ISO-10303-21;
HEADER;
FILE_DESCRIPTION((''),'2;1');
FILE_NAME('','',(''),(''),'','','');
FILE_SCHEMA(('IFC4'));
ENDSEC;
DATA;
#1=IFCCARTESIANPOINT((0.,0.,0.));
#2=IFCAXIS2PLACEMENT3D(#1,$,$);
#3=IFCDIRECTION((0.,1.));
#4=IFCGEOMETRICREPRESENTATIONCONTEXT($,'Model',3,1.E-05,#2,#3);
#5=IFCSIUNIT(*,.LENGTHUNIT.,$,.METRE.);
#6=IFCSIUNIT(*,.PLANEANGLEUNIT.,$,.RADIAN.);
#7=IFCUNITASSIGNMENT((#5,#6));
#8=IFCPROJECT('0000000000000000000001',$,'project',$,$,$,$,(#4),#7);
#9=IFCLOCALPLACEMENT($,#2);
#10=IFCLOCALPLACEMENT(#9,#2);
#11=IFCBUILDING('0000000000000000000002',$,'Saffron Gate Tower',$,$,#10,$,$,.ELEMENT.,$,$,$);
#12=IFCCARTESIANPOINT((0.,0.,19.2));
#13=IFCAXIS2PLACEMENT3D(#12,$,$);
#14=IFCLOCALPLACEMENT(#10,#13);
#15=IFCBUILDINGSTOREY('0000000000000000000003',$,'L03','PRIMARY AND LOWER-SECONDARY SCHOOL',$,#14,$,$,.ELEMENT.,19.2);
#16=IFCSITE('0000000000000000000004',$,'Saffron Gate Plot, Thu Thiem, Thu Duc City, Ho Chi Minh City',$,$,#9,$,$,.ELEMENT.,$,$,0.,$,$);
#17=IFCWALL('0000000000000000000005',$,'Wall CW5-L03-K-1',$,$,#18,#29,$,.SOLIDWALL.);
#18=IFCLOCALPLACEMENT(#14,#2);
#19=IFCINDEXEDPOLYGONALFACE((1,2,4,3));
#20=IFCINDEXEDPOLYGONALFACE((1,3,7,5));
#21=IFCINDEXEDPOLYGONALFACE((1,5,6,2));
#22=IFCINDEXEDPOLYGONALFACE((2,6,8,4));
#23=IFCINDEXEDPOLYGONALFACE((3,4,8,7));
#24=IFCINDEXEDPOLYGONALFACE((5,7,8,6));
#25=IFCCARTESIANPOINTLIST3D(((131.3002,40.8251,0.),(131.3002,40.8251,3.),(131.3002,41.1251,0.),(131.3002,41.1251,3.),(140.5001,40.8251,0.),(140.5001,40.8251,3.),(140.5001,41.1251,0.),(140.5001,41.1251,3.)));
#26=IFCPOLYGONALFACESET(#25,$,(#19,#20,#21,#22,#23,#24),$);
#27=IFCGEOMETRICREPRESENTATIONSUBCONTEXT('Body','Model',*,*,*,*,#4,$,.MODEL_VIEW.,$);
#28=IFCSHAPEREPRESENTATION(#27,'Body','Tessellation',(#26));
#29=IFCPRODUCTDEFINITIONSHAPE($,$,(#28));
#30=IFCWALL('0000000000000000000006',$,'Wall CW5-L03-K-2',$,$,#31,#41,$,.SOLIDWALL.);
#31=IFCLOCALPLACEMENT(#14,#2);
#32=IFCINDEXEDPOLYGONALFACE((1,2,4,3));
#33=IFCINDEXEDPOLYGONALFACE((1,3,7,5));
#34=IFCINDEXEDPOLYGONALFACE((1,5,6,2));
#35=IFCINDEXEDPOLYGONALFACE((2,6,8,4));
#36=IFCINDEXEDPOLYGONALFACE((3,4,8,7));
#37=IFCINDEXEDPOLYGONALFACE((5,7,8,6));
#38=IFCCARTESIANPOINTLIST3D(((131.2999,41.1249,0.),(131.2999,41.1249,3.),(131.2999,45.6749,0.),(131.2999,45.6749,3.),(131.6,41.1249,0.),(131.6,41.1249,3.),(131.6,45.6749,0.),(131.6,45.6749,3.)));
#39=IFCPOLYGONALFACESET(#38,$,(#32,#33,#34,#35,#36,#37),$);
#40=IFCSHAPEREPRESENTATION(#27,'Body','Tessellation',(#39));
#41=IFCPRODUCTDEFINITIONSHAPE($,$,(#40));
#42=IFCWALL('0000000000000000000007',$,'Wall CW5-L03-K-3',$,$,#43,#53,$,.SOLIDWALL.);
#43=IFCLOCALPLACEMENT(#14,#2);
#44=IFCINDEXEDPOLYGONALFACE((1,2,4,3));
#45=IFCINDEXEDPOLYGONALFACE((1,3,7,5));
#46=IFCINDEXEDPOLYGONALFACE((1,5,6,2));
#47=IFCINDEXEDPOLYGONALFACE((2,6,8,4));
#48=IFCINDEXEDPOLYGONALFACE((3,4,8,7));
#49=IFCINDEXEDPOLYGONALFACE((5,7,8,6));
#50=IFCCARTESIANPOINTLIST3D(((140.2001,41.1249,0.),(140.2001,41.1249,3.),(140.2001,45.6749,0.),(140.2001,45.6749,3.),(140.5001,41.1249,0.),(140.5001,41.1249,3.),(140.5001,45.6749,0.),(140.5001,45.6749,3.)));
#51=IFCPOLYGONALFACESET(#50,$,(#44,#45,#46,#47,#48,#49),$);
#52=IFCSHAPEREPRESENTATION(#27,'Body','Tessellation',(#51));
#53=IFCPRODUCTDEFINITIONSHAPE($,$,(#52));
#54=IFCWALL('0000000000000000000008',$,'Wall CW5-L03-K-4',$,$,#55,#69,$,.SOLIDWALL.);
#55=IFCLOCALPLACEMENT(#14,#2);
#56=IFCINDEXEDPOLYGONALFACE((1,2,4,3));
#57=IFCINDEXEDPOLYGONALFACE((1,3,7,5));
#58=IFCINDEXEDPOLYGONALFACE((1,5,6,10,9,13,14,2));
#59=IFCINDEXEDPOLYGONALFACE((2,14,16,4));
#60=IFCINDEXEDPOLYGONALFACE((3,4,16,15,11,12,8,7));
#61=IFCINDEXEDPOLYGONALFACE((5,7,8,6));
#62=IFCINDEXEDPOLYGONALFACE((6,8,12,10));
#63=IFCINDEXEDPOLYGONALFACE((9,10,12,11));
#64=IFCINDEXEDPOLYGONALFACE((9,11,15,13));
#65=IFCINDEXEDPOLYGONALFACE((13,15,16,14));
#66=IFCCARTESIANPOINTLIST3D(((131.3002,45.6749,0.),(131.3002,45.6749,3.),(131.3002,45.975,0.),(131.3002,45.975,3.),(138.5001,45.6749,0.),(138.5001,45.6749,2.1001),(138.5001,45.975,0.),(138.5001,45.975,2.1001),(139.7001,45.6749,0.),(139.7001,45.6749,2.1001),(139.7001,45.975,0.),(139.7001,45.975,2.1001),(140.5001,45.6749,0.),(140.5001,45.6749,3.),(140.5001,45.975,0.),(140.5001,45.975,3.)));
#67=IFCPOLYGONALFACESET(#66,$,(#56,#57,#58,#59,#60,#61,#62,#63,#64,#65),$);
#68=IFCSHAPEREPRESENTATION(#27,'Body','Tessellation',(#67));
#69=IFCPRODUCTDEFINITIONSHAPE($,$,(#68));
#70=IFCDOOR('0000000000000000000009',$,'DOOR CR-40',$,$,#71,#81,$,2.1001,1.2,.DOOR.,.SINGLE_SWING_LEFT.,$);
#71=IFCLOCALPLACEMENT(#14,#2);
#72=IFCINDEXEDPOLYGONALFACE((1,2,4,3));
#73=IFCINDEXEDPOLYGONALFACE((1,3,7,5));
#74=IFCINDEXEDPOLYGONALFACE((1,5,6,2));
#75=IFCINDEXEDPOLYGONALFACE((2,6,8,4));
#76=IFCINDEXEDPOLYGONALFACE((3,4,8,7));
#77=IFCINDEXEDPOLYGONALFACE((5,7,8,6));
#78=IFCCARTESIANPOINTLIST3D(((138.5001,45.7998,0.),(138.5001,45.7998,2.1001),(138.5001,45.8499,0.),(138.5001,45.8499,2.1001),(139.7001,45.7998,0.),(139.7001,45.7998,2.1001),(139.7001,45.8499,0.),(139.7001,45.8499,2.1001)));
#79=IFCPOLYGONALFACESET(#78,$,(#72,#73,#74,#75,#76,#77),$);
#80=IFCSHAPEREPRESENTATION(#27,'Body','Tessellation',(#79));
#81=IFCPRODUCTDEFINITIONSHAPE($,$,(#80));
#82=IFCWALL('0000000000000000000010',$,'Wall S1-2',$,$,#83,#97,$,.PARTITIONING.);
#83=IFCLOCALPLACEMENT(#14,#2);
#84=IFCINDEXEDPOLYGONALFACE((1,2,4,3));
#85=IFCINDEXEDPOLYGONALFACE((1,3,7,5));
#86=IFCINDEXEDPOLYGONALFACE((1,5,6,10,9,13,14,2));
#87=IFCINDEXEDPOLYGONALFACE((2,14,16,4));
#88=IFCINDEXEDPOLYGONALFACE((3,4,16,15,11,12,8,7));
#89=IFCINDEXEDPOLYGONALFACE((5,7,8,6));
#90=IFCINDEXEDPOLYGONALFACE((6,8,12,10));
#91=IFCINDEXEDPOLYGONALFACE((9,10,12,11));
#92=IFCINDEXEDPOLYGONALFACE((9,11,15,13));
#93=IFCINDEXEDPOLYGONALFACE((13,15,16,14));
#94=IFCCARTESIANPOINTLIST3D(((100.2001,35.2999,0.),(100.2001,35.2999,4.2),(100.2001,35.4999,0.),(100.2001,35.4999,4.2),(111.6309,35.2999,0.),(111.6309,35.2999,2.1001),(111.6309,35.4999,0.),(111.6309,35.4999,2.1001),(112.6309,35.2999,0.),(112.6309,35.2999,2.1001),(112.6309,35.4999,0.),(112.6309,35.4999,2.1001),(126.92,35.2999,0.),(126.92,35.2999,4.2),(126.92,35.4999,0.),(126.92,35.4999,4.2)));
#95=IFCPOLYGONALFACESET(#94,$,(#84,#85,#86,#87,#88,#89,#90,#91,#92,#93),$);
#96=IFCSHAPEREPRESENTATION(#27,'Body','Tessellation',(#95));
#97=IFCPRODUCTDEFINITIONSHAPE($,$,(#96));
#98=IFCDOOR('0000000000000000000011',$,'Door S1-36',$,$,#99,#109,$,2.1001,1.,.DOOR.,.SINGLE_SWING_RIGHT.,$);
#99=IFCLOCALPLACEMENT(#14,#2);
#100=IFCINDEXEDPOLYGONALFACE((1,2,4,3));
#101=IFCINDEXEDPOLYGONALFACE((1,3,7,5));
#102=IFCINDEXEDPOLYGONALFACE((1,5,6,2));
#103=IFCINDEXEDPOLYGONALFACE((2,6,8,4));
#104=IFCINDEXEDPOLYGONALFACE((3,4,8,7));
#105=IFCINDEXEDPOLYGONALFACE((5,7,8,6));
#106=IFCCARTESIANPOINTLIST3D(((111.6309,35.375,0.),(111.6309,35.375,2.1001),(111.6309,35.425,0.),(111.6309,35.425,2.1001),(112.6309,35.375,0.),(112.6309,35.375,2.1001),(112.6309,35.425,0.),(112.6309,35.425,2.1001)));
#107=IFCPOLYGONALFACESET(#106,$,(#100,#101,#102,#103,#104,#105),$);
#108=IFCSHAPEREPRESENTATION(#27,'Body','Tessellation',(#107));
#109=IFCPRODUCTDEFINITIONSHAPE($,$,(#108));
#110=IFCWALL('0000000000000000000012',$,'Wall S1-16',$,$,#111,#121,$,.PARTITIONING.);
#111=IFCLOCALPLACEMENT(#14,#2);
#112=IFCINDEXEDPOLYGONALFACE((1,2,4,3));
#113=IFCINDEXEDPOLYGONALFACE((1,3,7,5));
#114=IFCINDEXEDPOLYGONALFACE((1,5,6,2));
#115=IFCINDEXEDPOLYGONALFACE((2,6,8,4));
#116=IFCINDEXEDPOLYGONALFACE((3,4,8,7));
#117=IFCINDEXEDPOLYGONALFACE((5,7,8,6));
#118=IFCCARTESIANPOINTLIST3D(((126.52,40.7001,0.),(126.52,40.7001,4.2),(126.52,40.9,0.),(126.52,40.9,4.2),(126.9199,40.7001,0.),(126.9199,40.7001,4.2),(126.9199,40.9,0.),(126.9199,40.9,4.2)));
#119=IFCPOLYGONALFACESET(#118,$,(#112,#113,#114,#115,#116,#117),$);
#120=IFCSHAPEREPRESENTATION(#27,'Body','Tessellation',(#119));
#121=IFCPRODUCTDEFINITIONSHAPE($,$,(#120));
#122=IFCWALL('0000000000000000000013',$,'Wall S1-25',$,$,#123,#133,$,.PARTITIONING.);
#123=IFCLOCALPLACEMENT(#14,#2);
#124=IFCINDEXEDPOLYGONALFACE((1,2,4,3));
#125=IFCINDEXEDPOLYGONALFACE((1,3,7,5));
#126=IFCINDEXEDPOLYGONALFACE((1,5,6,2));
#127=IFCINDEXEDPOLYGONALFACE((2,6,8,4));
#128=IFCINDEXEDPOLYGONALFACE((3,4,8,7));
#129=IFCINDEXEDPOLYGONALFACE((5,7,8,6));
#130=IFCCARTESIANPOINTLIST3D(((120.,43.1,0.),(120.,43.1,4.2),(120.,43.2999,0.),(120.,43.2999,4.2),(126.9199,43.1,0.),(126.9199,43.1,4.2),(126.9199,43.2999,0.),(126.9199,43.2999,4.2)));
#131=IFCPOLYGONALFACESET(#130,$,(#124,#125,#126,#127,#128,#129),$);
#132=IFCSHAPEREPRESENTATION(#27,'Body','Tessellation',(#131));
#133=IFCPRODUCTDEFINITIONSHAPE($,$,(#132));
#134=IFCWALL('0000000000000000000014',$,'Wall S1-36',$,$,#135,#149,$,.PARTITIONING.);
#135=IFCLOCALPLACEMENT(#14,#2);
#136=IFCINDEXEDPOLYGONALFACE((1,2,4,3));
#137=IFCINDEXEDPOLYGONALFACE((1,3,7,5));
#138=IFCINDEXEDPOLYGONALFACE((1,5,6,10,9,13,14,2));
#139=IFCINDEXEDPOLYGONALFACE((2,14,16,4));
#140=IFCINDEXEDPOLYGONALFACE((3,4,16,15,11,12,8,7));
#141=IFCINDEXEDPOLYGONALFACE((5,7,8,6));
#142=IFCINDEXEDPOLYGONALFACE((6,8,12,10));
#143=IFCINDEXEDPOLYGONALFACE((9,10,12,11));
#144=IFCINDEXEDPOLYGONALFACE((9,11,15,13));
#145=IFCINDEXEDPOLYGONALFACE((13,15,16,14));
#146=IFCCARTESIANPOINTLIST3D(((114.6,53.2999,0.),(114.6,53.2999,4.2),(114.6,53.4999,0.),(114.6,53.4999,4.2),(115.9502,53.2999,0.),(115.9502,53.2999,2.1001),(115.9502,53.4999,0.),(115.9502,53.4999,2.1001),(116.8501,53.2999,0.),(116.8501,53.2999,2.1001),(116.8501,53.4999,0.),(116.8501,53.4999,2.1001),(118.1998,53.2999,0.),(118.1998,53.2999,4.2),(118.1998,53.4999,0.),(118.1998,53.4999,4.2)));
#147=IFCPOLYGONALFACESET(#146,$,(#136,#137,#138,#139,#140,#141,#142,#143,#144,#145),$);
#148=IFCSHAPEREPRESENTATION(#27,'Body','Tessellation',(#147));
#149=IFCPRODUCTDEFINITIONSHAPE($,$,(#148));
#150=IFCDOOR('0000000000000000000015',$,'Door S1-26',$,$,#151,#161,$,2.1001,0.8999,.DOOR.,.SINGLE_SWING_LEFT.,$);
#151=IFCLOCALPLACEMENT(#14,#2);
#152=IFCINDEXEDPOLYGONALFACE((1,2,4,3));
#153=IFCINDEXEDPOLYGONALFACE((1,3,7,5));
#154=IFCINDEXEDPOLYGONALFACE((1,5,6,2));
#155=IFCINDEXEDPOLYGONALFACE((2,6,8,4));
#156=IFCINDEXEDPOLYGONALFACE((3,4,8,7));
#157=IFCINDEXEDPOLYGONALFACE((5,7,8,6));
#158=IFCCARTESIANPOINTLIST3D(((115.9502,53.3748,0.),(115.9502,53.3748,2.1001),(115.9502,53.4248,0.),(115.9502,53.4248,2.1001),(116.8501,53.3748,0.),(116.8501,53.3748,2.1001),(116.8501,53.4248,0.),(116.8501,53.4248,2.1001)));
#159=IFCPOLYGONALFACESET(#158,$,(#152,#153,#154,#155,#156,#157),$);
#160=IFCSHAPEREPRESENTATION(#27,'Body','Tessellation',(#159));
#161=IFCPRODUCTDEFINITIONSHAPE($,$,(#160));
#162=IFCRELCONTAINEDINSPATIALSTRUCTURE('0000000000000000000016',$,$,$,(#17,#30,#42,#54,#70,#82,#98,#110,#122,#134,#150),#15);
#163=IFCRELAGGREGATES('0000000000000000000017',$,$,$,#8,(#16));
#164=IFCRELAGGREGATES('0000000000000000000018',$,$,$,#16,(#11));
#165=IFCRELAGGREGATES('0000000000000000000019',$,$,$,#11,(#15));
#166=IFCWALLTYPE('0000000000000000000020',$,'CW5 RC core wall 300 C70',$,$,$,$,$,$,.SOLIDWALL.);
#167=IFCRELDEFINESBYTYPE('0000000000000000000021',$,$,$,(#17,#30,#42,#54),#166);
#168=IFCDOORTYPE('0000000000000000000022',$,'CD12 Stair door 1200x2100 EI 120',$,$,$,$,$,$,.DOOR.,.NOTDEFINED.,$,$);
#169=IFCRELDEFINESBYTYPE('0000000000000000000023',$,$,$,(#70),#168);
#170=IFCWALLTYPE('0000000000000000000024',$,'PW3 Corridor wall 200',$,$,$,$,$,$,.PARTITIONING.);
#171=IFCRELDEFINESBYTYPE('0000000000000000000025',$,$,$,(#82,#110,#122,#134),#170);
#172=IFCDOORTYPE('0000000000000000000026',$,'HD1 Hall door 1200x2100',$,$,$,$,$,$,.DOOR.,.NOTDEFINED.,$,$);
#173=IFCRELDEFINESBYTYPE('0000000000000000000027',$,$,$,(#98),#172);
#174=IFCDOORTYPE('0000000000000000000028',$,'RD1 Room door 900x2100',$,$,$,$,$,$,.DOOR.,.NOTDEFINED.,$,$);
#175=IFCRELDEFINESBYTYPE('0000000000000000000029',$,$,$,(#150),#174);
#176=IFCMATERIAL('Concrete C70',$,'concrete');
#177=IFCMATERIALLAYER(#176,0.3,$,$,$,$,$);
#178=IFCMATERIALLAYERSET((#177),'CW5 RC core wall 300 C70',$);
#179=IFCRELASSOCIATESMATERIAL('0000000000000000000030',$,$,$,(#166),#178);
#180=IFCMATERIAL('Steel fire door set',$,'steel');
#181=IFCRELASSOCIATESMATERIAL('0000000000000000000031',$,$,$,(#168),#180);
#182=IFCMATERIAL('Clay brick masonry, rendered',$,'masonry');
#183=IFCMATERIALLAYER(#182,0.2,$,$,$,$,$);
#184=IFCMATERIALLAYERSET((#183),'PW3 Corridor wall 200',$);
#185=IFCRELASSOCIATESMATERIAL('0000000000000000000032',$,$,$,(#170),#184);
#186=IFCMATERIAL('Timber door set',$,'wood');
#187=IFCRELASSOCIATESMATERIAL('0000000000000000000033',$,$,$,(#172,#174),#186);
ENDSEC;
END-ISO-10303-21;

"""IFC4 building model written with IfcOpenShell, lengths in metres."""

from ifc_helpers import new_model, si_unit, direction, frame, frame_2d, origin, place, context, subcontext, project, spatial, rectangle, extrude, material, layer, layer_set, type_object, element, fill, save


model = new_model("IFC4")

# Units and contexts
model_context = context("Model", 3, precision=1e-05, world=origin(), true_north=direction((0.0, 1.0)))
body_context = subcontext(model_context, "Body", "Model", "MODEL_VIEW")
ifc_project = project(units=[si_unit("LENGTHUNIT", "METRE"), si_unit("PLANEANGLEUNIT", "RADIAN")], contexts=[model_context])

# Site, building, storey
site_placement = place(None, origin())
site = spatial("IfcSite", under=ifc_project, at=site_placement, Name="Saffron Gate Plot, Thu Thiem, Thu Duc City, Ho Chi Minh City", CompositionType="ELEMENT", RefElevation=0.0)
building_placement = place(site_placement, origin())
building = spatial("IfcBuilding", under=site, at=building_placement, Name="Saffron Gate Tower", CompositionType="ELEMENT")
storey_placement = place(building_placement, frame((0.0, 0.0, 19.2)))
storey = spatial("IfcBuildingStorey", under=building, at=storey_placement, Name="L03", Description="PRIMARY AND LOWER-SECONDARY SCHOOL", CompositionType="ELEMENT", Elevation=19.2)

# Walls
ifc_material_1 = material(Name="Concrete C70", Category="concrete")
ifc_layer_1 = layer(ifc_material_1, 0.3)
ifc_layer_set_1 = layer_set([ifc_layer_1], Name="CW5 RC core wall 300 C70")
wall_type_1 = type_object("IfcWallType", Name="CW5 RC core wall 300 C70", PredefinedType="SOLIDWALL", material=ifc_layer_set_1)
wall_1_placement = place(storey_placement, frame((131.3, 40.9751, 0.0), z_axis=(0.0, 0.0, 1.0), x_axis=(1.0, 0.0, 0.0)))
element("IfcWall", 1, at=wall_1_placement, inside=storey, type_object=wall_type_1, Name="Wall CW5-L03-K-1", PredefinedType="SOLIDWALL", context=body_context, shape_type="SweptSolid", body=[
    extrude(rectangle(XDim=9.2, YDim=0.3, at=frame_2d((4.6001, 0.0))), origin(), (0.0, 0.0, 1.0), 3.0),
])
for number, where, z_axis, x_axis, name in (
    (2, (131.45, 41.125, 0.0), (0.0, 0.0, 1.0), (0.0, 1.0, 0.0), "Wall CW5-L03-K-2"),
    (3, (140.3501, 41.125, 0.0), (0.0, 0.0, 1.0), (0.0, 1.0, 0.0), "Wall CW5-L03-K-3"),
):
    element("IfcWall", number, at=place(storey_placement, frame(where, z_axis=z_axis, x_axis=x_axis)), inside=storey, type_object=wall_type_1, Name=name, PredefinedType="SOLIDWALL", context=body_context, shape_type="SweptSolid", body=[
        extrude(rectangle(XDim=4.55, YDim=0.3, at=frame_2d((2.2749, 0.0))), origin(), (0.0, 0.0, 1.0), 3.0),
    ])

# Walls, openings, doors
wall_2_placement = place(storey_placement, frame((131.3, 45.825, 0.0), z_axis=(0.0, 0.0, 1.0), x_axis=(1.0, 0.0, 0.0)))
wall_2 = element("IfcWall", 4, at=wall_2_placement, inside=storey, type_object=wall_type_1, Name="Wall CW5-L03-K-4", PredefinedType="SOLIDWALL", context=body_context, shape_type="SweptSolid", body=[
    extrude(rectangle(XDim=9.2, YDim=0.3, at=frame_2d((4.6001, 0.0))), origin(), (0.0, 0.0, 1.0), 3.0),
])
opening_1_placement = place(wall_2_placement, frame((7.2, 0.0, 0.0)))
opening_1 = element("IfcOpeningElement", 5, at=opening_1_placement, cuts=wall_2, PredefinedType="OPENING", context=body_context, shape_type="SweptSolid", body=[
    extrude(rectangle(XDim=1.2, YDim=2.1001, at=frame_2d((0.6001, 1.05))), frame((0.0, 0.1602, 0.0), z_axis=(0.0, -1.0, 0.0), x_axis=(1.0, 0.0, 0.0)), (0.0, 0.0, 1.0), 0.3201),
])
ifc_material_2 = material(Name="Steel fire door set", Category="steel")
door_type_1 = type_object("IfcDoorType", Name="CD12 Stair door 1200x2100 EI 120", OperationType="NOTDEFINED", PredefinedType="DOOR", material=ifc_material_2)
door_1_placement = place(opening_1_placement, origin())
door_1 = element("IfcDoor", 6, at=door_1_placement, inside=storey, type_object=door_type_1, Name="DOOR CR-40", OperationType="SINGLE_SWING_LEFT", OverallHeight=2.1001, OverallWidth=1.2, PredefinedType="DOOR", context=body_context, shape_type="SweptSolid", body=[
    extrude(rectangle(XDim=1.2, YDim=2.1001, at=frame_2d((0.6001, 1.05))), frame((0.0, 0.0249, 0.0), z_axis=(0.0, -1.0, 0.0), x_axis=(1.0, 0.0, 0.0)), (0.0, 0.0, 1.0), 0.05),
])
fill(opening_1, door_1)
ifc_material_3 = material(Name="Clay brick masonry, rendered", Category="masonry")
ifc_layer_2 = layer(ifc_material_3, 0.2)
ifc_layer_set_2 = layer_set([ifc_layer_2], Name="PW3 Corridor wall 200")
wall_type_2 = type_object("IfcWallType", Name="PW3 Corridor wall 200", PredefinedType="PARTITIONING", material=ifc_layer_set_2)
wall_3_placement = place(storey_placement, frame((126.9199, 35.3999, 0.0), z_axis=(0.0, 0.0, 1.0), x_axis=(-1.0, 0.0, 0.0)))
wall_3 = element("IfcWall", 7, at=wall_3_placement, inside=storey, type_object=wall_type_2, Name="Wall S1-2", PredefinedType="PARTITIONING", context=body_context, shape_type="SweptSolid", body=[
    extrude(rectangle(XDim=26.72, YDim=0.2, at=frame_2d((13.3599, 0.0))), origin(), (0.0, 0.0, 1.0), 4.2),
])
opening_2_placement = place(wall_3_placement, frame((14.2891, 0.0, 0.0)))
opening_2 = element("IfcOpeningElement", 8, at=opening_2_placement, cuts=wall_3, PredefinedType="OPENING", context=body_context, shape_type="SweptSolid", body=[
    extrude(rectangle(XDim=1.0, YDim=2.1001, at=frame_2d((0.5, 1.05))), frame((0.0, 0.1099, 0.0), z_axis=(0.0, -1.0, 0.0), x_axis=(1.0, 0.0, 0.0)), (0.0, 0.0, 1.0), 0.22),
])
ifc_material_4 = material(Name="Timber door set", Category="wood")
door_type_2 = type_object("IfcDoorType", Name="HD1 Hall door 1200x2100", OperationType="NOTDEFINED", PredefinedType="DOOR", material=ifc_material_4)
door_2_placement = place(opening_2_placement, origin())
door_2 = element("IfcDoor", 9, at=door_2_placement, inside=storey, type_object=door_type_2, Name="Door S1-36", OperationType="SINGLE_SWING_RIGHT", OverallHeight=2.1001, OverallWidth=1.0, PredefinedType="DOOR", context=body_context, shape_type="SweptSolid", body=[
    extrude(rectangle(XDim=1.0, YDim=2.1001, at=frame_2d((0.5, 1.05))), frame((0.0, 0.0249, 0.0), z_axis=(0.0, -1.0, 0.0), x_axis=(1.0, 0.0, 0.0)), (0.0, 0.0, 1.0), 0.05),
])
fill(opening_2, door_2)

# Walls
wall_4_placement = place(storey_placement, frame((126.52, 40.8, 0.0), z_axis=(0.0, 0.0, 1.0), x_axis=(1.0, 0.0, 0.0)))
element("IfcWall", 10, at=wall_4_placement, inside=storey, type_object=wall_type_2, Name="Wall S1-16", PredefinedType="PARTITIONING", context=body_context, shape_type="SweptSolid", body=[
    extrude(rectangle(XDim=0.3999, YDim=0.2, at=frame_2d((0.2, 0.0))), origin(), (0.0, 0.0, 1.0), 4.2),
])
wall_5_placement = place(storey_placement, frame((120.0, 43.2, 0.0), z_axis=(0.0, 0.0, 1.0), x_axis=(1.0, 0.0, 0.0)))
element("IfcWall", 11, at=wall_5_placement, inside=storey, type_object=wall_type_2, Name="Wall S1-25", PredefinedType="PARTITIONING", context=body_context, shape_type="SweptSolid", body=[
    extrude(rectangle(XDim=6.9199, YDim=0.2, at=frame_2d((3.46, 0.0))), origin(), (0.0, 0.0, 1.0), 4.2),
])

# Wall, opening, door
wall_6_placement = place(storey_placement, frame((114.6001, 53.3999, 0.0), z_axis=(0.0, 0.0, 1.0), x_axis=(1.0, 0.0, 0.0)))
wall_6 = element("IfcWall", 12, at=wall_6_placement, inside=storey, type_object=wall_type_2, Name="Wall S1-36", PredefinedType="PARTITIONING", context=body_context, shape_type="SweptSolid", body=[
    extrude(rectangle(XDim=3.5999, YDim=0.2, at=frame_2d((1.7998, 0.0))), origin(), (0.0, 0.0, 1.0), 4.2),
])
opening_3_placement = place(wall_6_placement, frame((1.3501, 0.0, 0.0)))
opening_3 = element("IfcOpeningElement", 13, at=opening_3_placement, cuts=wall_6, PredefinedType="OPENING", context=body_context, shape_type="SweptSolid", body=[
    extrude(rectangle(XDim=0.8999, YDim=2.1001, at=frame_2d((0.45, 1.05))), frame((0.0, 0.1099, 0.0), z_axis=(0.0, -1.0, 0.0), x_axis=(1.0, 0.0, 0.0)), (0.0, 0.0, 1.0), 0.22),
])
door_type_3 = type_object("IfcDoorType", Name="RD1 Room door 900x2100", OperationType="NOTDEFINED", PredefinedType="DOOR", material=ifc_material_4)
door_3_placement = place(opening_3_placement, origin())
door_3 = element("IfcDoor", 14, at=door_3_placement, inside=storey, type_object=door_type_3, Name="Door S1-26", OperationType="SINGLE_SWING_LEFT", OverallHeight=2.1001, OverallWidth=0.8999, PredefinedType="DOOR", context=body_context, shape_type="SweptSolid", body=[
    extrude(rectangle(XDim=0.8999, YDim=2.1001, at=frame_2d((0.45, 1.05))), frame((0.0, 0.0249, 0.0), z_axis=(0.0, -1.0, 0.0), x_axis=(1.0, 0.0, 0.0)), (0.0, 0.0, 1.0), 0.05),
])
fill(opening_3, door_3)

save(model, "model.ifc")
